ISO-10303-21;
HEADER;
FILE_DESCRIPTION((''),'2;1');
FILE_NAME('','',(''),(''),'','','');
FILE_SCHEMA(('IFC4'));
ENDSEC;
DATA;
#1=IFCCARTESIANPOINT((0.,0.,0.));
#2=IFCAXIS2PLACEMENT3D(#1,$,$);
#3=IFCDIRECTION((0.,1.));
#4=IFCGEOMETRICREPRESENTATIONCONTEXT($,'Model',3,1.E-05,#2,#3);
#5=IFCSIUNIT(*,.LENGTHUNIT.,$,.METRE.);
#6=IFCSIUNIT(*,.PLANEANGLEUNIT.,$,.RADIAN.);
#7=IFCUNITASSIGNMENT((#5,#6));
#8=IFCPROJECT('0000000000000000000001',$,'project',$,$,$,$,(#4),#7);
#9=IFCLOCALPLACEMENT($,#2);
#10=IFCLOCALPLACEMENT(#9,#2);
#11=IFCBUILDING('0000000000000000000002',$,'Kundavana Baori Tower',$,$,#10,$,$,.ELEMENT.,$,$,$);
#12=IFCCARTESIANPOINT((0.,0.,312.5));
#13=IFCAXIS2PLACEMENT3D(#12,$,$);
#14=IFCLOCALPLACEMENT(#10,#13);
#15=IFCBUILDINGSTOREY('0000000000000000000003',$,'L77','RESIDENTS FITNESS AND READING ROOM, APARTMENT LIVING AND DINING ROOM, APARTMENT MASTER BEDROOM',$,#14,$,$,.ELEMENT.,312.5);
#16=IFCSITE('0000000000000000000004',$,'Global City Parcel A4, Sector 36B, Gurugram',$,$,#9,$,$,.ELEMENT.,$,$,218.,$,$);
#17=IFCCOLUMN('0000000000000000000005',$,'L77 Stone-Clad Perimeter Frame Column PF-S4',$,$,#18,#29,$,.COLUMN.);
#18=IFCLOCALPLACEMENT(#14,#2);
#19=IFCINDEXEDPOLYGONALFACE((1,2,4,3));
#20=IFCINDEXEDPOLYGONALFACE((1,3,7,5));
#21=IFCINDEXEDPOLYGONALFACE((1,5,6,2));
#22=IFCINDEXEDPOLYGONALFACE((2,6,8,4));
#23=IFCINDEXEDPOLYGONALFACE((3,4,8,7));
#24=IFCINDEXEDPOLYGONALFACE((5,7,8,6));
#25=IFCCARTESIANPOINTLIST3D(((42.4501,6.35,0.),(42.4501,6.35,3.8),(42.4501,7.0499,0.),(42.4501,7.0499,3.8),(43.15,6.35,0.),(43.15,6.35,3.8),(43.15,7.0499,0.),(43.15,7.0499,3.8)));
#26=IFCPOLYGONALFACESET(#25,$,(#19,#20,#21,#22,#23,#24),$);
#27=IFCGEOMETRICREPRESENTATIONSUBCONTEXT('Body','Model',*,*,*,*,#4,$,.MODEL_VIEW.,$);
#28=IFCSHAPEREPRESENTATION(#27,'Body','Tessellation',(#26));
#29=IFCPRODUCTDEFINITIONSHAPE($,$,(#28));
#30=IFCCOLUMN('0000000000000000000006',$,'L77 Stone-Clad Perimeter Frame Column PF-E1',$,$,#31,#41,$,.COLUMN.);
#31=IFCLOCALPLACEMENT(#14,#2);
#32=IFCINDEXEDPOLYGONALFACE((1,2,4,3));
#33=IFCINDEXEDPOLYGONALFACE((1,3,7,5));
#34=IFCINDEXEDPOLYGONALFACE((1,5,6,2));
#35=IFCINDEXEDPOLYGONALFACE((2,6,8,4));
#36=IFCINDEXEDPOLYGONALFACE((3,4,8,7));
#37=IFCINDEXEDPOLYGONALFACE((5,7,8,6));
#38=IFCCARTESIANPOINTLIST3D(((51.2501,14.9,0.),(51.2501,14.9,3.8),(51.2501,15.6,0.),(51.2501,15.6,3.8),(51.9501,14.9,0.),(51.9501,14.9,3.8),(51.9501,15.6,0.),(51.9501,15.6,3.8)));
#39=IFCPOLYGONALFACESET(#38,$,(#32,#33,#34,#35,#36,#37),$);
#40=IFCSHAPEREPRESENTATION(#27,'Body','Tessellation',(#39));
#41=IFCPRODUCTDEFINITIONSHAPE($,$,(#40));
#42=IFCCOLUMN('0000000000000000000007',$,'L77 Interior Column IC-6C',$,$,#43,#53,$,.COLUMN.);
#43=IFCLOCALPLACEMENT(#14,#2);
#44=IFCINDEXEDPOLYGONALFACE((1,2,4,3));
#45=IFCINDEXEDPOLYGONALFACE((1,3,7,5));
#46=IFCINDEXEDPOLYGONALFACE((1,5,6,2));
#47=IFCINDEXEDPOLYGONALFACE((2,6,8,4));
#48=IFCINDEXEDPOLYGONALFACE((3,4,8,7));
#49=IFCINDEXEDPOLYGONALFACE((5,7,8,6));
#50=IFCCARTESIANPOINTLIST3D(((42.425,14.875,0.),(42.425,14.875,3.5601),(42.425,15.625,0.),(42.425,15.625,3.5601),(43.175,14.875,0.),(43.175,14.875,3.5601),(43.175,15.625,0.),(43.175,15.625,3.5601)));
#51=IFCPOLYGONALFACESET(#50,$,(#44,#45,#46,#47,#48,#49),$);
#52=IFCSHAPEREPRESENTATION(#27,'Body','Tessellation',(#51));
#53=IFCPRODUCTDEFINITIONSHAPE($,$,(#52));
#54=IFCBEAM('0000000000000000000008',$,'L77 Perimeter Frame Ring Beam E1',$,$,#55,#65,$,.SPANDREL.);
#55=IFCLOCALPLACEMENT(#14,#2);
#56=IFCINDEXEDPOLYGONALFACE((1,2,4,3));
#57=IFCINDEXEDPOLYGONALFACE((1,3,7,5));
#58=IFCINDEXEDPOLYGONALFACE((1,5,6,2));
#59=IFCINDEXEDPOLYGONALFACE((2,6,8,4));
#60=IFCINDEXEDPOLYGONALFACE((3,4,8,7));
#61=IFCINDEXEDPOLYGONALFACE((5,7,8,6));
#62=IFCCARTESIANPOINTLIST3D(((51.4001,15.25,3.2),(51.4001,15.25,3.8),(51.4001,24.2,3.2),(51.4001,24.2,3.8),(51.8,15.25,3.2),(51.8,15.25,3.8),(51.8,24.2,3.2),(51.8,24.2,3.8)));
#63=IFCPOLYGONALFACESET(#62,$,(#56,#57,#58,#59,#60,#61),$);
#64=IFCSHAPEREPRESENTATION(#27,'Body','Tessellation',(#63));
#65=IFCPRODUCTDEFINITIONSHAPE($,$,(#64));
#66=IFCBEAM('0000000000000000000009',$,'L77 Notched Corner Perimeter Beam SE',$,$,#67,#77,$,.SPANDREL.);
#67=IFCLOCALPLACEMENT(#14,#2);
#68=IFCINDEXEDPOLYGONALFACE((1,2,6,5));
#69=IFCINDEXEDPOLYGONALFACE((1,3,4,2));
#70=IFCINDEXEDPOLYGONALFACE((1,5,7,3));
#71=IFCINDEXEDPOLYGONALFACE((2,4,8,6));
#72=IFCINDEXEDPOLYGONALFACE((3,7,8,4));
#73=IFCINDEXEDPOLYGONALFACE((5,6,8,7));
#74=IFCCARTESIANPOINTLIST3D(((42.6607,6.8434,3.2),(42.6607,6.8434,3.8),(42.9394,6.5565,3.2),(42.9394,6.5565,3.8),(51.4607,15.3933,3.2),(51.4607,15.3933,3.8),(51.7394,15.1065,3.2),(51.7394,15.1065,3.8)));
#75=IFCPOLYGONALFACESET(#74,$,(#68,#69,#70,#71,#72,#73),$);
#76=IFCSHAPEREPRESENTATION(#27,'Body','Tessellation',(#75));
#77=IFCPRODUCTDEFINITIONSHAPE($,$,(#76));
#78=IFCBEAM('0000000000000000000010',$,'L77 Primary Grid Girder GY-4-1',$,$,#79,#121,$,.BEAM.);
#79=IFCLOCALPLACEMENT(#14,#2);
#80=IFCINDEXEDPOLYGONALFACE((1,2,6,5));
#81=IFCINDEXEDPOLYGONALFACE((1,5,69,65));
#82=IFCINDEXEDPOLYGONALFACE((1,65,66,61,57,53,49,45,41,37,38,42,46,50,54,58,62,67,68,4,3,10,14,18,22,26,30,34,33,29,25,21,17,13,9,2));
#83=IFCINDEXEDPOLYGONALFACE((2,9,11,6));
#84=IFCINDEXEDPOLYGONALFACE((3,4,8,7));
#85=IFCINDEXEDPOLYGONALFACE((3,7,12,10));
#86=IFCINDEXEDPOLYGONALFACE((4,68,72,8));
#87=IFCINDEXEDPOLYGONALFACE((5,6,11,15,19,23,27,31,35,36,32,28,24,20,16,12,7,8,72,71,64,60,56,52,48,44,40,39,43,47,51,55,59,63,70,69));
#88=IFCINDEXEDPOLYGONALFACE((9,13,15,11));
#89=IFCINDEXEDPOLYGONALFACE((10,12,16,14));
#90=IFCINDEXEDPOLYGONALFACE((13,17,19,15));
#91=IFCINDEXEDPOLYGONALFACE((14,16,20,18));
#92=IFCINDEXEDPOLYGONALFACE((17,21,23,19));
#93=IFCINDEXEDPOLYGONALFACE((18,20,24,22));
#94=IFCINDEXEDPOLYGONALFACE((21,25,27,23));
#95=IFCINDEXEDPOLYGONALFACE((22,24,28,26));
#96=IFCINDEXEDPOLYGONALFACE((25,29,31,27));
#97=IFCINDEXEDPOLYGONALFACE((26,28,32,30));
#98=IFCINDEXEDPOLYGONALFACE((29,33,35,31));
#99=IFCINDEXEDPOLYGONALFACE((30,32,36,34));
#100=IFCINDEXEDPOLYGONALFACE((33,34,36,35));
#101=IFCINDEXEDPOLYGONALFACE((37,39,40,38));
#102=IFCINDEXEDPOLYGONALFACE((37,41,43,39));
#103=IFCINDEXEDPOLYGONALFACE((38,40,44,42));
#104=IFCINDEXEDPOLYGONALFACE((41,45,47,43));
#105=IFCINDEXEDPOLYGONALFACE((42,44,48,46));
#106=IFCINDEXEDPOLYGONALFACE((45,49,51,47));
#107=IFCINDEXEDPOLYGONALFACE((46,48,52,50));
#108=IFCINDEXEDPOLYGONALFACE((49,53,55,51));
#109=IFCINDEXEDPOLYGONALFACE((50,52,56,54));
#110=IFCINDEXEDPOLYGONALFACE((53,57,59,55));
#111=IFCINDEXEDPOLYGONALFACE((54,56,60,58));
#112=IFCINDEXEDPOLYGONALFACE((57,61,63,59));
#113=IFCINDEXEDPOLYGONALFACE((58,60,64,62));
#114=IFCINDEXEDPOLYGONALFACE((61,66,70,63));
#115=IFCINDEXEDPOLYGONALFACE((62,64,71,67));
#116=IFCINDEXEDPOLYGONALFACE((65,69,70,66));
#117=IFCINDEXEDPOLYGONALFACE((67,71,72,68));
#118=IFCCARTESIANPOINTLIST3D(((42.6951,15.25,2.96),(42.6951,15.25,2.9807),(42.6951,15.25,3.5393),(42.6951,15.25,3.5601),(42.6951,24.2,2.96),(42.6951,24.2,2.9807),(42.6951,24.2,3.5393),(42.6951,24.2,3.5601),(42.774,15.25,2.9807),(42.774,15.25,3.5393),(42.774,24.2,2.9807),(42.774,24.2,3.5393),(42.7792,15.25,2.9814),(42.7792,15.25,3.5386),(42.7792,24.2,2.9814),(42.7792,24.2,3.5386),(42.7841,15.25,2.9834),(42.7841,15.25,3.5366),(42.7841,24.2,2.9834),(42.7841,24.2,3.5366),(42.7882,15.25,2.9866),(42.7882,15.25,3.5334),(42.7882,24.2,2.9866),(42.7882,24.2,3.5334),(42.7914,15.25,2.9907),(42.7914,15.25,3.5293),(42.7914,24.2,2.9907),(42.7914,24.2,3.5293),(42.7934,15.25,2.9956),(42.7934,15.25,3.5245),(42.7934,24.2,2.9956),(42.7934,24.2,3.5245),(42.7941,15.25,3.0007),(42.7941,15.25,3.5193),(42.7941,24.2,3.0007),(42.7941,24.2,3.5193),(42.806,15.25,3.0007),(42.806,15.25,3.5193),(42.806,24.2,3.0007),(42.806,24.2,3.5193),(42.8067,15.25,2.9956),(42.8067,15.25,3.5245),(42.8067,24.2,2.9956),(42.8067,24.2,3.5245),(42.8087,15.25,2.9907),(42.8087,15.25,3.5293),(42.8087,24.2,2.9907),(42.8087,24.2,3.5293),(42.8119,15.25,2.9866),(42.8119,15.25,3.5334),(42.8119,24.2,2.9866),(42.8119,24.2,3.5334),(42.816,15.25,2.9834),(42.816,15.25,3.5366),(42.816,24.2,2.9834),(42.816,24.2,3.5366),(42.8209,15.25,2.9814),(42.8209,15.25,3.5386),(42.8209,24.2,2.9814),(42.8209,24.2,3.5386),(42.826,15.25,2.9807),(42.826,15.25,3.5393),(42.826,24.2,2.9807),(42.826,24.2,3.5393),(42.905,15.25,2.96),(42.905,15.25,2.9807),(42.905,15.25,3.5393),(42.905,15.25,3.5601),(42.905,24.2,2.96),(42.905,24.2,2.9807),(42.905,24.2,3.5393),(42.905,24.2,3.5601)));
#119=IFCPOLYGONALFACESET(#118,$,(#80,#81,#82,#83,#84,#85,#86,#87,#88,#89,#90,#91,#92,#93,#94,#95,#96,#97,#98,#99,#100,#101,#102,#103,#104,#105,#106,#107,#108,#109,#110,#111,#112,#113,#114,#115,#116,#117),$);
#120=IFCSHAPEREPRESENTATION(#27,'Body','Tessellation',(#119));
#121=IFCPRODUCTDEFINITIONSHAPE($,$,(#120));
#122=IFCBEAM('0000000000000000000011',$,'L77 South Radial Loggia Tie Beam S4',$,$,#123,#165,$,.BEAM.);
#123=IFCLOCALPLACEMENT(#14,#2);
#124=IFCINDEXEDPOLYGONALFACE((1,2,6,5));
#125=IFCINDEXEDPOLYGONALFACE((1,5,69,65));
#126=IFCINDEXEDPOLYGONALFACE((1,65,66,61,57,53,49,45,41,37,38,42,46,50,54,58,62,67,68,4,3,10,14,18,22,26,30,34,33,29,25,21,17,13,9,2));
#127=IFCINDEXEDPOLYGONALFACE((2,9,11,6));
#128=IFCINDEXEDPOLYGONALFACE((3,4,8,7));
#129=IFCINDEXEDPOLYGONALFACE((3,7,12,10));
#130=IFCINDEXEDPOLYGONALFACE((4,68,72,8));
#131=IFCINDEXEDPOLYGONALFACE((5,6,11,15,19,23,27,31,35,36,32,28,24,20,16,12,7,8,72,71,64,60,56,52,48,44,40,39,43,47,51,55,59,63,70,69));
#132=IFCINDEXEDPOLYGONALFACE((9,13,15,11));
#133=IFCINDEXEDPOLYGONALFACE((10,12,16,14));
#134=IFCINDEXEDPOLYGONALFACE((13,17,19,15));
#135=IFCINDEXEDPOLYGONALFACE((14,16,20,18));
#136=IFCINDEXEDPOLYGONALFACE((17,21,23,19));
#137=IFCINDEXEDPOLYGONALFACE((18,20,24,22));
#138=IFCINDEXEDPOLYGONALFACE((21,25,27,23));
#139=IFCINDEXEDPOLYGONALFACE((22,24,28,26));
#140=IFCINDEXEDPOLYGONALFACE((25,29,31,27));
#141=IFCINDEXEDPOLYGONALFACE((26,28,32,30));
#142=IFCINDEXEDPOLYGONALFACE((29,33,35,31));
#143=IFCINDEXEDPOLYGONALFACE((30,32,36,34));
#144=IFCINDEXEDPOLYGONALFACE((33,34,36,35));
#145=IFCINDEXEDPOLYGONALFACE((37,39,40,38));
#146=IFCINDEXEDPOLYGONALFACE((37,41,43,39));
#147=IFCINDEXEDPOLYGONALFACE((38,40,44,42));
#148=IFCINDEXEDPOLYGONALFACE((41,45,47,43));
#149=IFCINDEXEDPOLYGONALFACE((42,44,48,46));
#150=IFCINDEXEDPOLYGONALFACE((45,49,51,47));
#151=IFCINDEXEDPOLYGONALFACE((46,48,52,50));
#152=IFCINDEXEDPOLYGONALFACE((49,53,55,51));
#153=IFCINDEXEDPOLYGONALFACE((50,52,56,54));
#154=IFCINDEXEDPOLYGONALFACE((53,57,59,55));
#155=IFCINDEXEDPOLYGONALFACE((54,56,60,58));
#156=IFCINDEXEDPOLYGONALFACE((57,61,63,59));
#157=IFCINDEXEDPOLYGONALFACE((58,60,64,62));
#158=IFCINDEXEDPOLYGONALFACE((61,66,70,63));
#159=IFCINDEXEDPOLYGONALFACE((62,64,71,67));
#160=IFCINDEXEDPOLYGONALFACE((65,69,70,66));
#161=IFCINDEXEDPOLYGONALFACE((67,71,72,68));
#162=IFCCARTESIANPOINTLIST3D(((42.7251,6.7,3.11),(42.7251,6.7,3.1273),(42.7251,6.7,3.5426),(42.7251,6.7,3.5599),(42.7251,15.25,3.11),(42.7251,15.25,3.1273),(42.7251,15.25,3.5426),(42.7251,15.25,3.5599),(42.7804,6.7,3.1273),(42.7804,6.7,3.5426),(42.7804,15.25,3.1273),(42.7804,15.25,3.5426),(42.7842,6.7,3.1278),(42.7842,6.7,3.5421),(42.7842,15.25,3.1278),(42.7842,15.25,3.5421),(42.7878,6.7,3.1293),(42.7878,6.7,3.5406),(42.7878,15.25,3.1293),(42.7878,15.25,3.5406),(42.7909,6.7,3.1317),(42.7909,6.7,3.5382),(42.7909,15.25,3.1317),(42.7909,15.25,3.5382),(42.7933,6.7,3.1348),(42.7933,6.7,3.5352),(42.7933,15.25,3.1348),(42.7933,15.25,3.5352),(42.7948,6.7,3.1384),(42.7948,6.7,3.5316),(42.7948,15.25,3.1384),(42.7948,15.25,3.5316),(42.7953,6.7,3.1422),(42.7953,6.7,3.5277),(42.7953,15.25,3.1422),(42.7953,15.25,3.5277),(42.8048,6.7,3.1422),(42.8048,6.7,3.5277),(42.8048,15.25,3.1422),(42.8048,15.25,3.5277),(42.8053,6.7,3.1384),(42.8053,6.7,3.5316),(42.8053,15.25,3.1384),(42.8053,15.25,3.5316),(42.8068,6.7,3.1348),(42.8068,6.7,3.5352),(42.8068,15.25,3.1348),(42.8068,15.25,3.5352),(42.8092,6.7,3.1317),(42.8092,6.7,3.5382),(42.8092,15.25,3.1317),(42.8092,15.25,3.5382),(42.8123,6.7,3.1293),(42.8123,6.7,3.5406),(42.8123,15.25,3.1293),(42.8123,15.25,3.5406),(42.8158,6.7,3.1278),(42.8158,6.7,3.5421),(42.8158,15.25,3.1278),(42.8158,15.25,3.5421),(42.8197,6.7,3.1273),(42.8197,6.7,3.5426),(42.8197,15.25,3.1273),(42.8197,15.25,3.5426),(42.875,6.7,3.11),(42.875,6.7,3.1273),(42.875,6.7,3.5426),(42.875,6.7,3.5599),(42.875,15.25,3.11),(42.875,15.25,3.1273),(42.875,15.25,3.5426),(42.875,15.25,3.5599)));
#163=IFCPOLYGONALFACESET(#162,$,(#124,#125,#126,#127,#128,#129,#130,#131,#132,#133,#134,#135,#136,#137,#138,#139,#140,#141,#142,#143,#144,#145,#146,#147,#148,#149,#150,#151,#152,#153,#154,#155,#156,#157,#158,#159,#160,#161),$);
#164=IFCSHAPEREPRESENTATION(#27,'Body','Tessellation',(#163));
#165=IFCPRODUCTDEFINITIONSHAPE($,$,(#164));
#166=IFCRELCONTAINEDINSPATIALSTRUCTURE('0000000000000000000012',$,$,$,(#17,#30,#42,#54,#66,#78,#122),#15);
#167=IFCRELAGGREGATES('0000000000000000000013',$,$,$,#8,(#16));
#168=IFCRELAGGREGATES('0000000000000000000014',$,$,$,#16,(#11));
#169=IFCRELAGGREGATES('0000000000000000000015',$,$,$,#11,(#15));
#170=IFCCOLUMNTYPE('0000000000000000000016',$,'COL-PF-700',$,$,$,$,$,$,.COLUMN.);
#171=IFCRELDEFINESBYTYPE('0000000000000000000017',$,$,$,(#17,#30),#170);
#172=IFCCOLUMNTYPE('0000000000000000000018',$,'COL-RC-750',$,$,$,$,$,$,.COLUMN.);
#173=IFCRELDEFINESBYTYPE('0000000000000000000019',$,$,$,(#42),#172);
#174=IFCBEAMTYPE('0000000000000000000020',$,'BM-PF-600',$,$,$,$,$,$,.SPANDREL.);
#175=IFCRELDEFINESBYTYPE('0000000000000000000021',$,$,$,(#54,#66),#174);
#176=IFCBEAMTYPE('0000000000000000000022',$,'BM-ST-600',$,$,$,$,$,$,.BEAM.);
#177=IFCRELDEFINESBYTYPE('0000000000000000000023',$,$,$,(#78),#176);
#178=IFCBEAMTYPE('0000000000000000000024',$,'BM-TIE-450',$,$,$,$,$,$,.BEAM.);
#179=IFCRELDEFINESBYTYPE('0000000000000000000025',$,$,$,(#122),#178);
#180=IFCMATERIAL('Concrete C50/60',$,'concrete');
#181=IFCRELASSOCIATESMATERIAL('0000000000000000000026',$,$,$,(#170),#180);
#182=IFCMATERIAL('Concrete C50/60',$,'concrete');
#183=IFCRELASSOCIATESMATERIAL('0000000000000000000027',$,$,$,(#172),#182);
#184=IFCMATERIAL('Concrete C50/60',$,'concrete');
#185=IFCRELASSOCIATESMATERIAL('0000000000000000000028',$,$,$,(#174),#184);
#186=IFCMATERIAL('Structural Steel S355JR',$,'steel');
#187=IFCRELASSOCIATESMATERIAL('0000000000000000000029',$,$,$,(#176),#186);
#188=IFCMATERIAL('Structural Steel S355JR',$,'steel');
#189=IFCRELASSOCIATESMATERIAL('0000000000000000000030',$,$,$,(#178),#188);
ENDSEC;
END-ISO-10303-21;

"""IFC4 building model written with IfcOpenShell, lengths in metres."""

from ifc_helpers import new_model, si_unit, direction, frame, origin, origin_2d, place, context, subcontext, project, spatial, rectangle, i_section, extrude, material, material_profile, profile_set, type_object, element, save


model = new_model("IFC4")

# Units and contexts
model_context = context("Model", 3, precision=1e-05, world=origin(), true_north=direction((0.0, 1.0)))
body_context = subcontext(model_context, "Body", "Model", "MODEL_VIEW")
ifc_project = project(units=[si_unit("LENGTHUNIT", "METRE"), si_unit("PLANEANGLEUNIT", "RADIAN")], contexts=[model_context])

# Site, building, storey
site_placement = place(None, origin())
site = spatial("IfcSite", under=ifc_project, at=site_placement, Name="Global City Parcel A4, Sector 36B, Gurugram", CompositionType="ELEMENT", RefElevation=218.0)
building_placement = place(site_placement, origin())
building = spatial("IfcBuilding", under=site, at=building_placement, Name="Kundavana Baori Tower", CompositionType="ELEMENT")
storey_placement = place(building_placement, frame((0.0, 0.0, 312.5)))
storey = spatial("IfcBuildingStorey", under=building, at=storey_placement, Name="L77", Description="RESIDENTS FITNESS AND READING ROOM, APARTMENT LIVING AND DINING ROOM, APARTMENT MASTER BEDROOM", CompositionType="ELEMENT", Elevation=312.5)

# Columns
ifc_material_1 = material(Name="Concrete C50/60", Category="concrete")
ifc_material_profile_1 = material_profile(ifc_material_1, rectangle(XDim=0.7, YDim=0.7, at=origin_2d()), Name="RC PF 700x700")
ifc_profile_set_1 = profile_set([ifc_material_profile_1], Name="Concrete C50/60")
column_type_1 = type_object("IfcColumnType", Name="COL-PF-700", PredefinedType="COLUMN", material=ifc_profile_set_1)
for number, where, z_axis, x_axis, name in (
    (1, (42.8, 6.7, 0.0), (0.0, 0.0, 1.0), (1.0, 0.0, 0.0), "L77 Stone-Clad Perimeter Frame Column PF-S4"),
    (2, (51.6001, 15.25, 0.0), (0.0, 0.0, 1.0), (1.0, 0.0, 0.0), "L77 Stone-Clad Perimeter Frame Column PF-E1"),
):
    element("IfcColumn", number, at=place(storey_placement, frame(where, z_axis=z_axis, x_axis=x_axis)), inside=storey, type_object=column_type_1, Name=name, PredefinedType="COLUMN", context=body_context, shape_type="SweptSolid", body=[
        extrude(rectangle(XDim=0.7, YDim=0.7, at=origin_2d()), origin(), (0.0, 0.0, 1.0), 3.8),
    ])
ifc_material_2 = material(Name="Concrete C50/60", Category="concrete")
ifc_material_profile_2 = material_profile(ifc_material_2, rectangle(XDim=0.75, YDim=0.75, at=origin_2d()), Name="RC 750x750")
ifc_profile_set_2 = profile_set([ifc_material_profile_2], Name="Concrete C50/60")
column_type_2 = type_object("IfcColumnType", Name="COL-RC-750", PredefinedType="COLUMN", material=ifc_profile_set_2)
column_placement = place(storey_placement, frame((42.8, 15.25, 0.0), z_axis=(0.0, 0.0, 1.0), x_axis=(1.0, 0.0, 0.0)))
element("IfcColumn", 3, at=column_placement, inside=storey, type_object=column_type_2, Name="L77 Interior Column IC-6C", PredefinedType="COLUMN", context=body_context, shape_type="SweptSolid", body=[
    extrude(rectangle(XDim=0.75, YDim=0.75, at=origin_2d()), origin(), (0.0, 0.0, 1.0), 3.5601),
])

# Beams
ifc_material_3 = material(Name="Concrete C50/60", Category="concrete")
ifc_material_profile_3 = material_profile(ifc_material_3, rectangle(XDim=0.3999, YDim=0.6001, at=origin_2d()), Name="RC BM 400x600")
ifc_profile_set_3 = profile_set([ifc_material_profile_3], Name="Concrete C50/60")
beam_type_1 = type_object("IfcBeamType", Name="BM-PF-600", PredefinedType="SPANDREL", material=ifc_profile_set_3)
beam_1_placement = place(storey_placement, frame((51.6001, 15.25, 3.5), z_axis=(0.0, 1.0, 0.0), x_axis=(-1.0, 0.0, 0.0)))
element("IfcBeam", 4, at=beam_1_placement, inside=storey, type_object=beam_type_1, Name="L77 Perimeter Frame Ring Beam E1", PredefinedType="SPANDREL", context=body_context, shape_type="SweptSolid", body=[
    extrude(rectangle(XDim=0.3999, YDim=0.6001, at=origin_2d()), origin(), (0.0, 0.0, 1.0), 8.95),
])
beam_2_placement = place(storey_placement, frame((42.8, 6.7, 3.5), z_axis=(0.717221, 0.696846, 0.0), x_axis=(-0.696846, 0.717221, 0.0)))
element("IfcBeam", 5, at=beam_2_placement, inside=storey, type_object=beam_type_1, Name="L77 Notched Corner Perimeter Beam SE", PredefinedType="SPANDREL", context=body_context, shape_type="SweptSolid", body=[
    extrude(rectangle(XDim=0.3999, YDim=0.6001, at=origin_2d()), origin(), (0.0, 0.0, 1.0), 12.2695),
])
ifc_material_4 = material(Name="Structural Steel S355JR", Category="steel")
ifc_material_profile_4 = material_profile(ifc_material_4, i_section(OverallWidth=0.21, OverallDepth=0.6001, WebThickness=0.012, FlangeThickness=0.0208, FilletRadius=0.02, at=origin_2d()), Name="ISMB 600")
ifc_profile_set_4 = profile_set([ifc_material_profile_4], Name="Structural Steel S355JR")
beam_type_2 = type_object("IfcBeamType", Name="BM-ST-600", PredefinedType="BEAM", material=ifc_profile_set_4)
beam_3_placement = place(storey_placement, frame((42.8, 15.25, 3.26), z_axis=(0.0, 1.0, 0.0), x_axis=(-1.0, 0.0, 0.0)))
element("IfcBeam", 6, at=beam_3_placement, inside=storey, type_object=beam_type_2, Name="L77 Primary Grid Girder GY-4-1", PredefinedType="BEAM", context=body_context, shape_type="SweptSolid", body=[
    extrude(i_section(OverallWidth=0.21, OverallDepth=0.6001, WebThickness=0.012, FlangeThickness=0.0208, FilletRadius=0.02, at=origin_2d()), origin(), (0.0, 0.0, 1.0), 8.95),
])
ifc_material_5 = material(Name="Structural Steel S355JR", Category="steel")
ifc_material_profile_5 = material_profile(ifc_material_5, i_section(OverallWidth=0.1499, OverallDepth=0.45, WebThickness=0.0095, FlangeThickness=0.0173, FilletRadius=0.0149, at=origin_2d()), Name="ISMB 450")
ifc_profile_set_5 = profile_set([ifc_material_profile_5], Name="Structural Steel S355JR")
beam_type_3 = type_object("IfcBeamType", Name="BM-TIE-450", PredefinedType="BEAM", material=ifc_profile_set_5)
beam_4_placement = place(storey_placement, frame((42.8, 15.25, 3.335), z_axis=(0.0, -1.0, 0.0), x_axis=(1.0, 0.0, 0.0)))
element("IfcBeam", 7, at=beam_4_placement, inside=storey, type_object=beam_type_3, Name="L77 South Radial Loggia Tie Beam S4", PredefinedType="BEAM", context=body_context, shape_type="SweptSolid", body=[
    extrude(i_section(OverallWidth=0.1499, OverallDepth=0.45, WebThickness=0.0095, FlangeThickness=0.0173, FilletRadius=0.0149, at=origin_2d()), origin(), (0.0, 0.0, 1.0), 8.55),
])

save(model, "model.ifc")
